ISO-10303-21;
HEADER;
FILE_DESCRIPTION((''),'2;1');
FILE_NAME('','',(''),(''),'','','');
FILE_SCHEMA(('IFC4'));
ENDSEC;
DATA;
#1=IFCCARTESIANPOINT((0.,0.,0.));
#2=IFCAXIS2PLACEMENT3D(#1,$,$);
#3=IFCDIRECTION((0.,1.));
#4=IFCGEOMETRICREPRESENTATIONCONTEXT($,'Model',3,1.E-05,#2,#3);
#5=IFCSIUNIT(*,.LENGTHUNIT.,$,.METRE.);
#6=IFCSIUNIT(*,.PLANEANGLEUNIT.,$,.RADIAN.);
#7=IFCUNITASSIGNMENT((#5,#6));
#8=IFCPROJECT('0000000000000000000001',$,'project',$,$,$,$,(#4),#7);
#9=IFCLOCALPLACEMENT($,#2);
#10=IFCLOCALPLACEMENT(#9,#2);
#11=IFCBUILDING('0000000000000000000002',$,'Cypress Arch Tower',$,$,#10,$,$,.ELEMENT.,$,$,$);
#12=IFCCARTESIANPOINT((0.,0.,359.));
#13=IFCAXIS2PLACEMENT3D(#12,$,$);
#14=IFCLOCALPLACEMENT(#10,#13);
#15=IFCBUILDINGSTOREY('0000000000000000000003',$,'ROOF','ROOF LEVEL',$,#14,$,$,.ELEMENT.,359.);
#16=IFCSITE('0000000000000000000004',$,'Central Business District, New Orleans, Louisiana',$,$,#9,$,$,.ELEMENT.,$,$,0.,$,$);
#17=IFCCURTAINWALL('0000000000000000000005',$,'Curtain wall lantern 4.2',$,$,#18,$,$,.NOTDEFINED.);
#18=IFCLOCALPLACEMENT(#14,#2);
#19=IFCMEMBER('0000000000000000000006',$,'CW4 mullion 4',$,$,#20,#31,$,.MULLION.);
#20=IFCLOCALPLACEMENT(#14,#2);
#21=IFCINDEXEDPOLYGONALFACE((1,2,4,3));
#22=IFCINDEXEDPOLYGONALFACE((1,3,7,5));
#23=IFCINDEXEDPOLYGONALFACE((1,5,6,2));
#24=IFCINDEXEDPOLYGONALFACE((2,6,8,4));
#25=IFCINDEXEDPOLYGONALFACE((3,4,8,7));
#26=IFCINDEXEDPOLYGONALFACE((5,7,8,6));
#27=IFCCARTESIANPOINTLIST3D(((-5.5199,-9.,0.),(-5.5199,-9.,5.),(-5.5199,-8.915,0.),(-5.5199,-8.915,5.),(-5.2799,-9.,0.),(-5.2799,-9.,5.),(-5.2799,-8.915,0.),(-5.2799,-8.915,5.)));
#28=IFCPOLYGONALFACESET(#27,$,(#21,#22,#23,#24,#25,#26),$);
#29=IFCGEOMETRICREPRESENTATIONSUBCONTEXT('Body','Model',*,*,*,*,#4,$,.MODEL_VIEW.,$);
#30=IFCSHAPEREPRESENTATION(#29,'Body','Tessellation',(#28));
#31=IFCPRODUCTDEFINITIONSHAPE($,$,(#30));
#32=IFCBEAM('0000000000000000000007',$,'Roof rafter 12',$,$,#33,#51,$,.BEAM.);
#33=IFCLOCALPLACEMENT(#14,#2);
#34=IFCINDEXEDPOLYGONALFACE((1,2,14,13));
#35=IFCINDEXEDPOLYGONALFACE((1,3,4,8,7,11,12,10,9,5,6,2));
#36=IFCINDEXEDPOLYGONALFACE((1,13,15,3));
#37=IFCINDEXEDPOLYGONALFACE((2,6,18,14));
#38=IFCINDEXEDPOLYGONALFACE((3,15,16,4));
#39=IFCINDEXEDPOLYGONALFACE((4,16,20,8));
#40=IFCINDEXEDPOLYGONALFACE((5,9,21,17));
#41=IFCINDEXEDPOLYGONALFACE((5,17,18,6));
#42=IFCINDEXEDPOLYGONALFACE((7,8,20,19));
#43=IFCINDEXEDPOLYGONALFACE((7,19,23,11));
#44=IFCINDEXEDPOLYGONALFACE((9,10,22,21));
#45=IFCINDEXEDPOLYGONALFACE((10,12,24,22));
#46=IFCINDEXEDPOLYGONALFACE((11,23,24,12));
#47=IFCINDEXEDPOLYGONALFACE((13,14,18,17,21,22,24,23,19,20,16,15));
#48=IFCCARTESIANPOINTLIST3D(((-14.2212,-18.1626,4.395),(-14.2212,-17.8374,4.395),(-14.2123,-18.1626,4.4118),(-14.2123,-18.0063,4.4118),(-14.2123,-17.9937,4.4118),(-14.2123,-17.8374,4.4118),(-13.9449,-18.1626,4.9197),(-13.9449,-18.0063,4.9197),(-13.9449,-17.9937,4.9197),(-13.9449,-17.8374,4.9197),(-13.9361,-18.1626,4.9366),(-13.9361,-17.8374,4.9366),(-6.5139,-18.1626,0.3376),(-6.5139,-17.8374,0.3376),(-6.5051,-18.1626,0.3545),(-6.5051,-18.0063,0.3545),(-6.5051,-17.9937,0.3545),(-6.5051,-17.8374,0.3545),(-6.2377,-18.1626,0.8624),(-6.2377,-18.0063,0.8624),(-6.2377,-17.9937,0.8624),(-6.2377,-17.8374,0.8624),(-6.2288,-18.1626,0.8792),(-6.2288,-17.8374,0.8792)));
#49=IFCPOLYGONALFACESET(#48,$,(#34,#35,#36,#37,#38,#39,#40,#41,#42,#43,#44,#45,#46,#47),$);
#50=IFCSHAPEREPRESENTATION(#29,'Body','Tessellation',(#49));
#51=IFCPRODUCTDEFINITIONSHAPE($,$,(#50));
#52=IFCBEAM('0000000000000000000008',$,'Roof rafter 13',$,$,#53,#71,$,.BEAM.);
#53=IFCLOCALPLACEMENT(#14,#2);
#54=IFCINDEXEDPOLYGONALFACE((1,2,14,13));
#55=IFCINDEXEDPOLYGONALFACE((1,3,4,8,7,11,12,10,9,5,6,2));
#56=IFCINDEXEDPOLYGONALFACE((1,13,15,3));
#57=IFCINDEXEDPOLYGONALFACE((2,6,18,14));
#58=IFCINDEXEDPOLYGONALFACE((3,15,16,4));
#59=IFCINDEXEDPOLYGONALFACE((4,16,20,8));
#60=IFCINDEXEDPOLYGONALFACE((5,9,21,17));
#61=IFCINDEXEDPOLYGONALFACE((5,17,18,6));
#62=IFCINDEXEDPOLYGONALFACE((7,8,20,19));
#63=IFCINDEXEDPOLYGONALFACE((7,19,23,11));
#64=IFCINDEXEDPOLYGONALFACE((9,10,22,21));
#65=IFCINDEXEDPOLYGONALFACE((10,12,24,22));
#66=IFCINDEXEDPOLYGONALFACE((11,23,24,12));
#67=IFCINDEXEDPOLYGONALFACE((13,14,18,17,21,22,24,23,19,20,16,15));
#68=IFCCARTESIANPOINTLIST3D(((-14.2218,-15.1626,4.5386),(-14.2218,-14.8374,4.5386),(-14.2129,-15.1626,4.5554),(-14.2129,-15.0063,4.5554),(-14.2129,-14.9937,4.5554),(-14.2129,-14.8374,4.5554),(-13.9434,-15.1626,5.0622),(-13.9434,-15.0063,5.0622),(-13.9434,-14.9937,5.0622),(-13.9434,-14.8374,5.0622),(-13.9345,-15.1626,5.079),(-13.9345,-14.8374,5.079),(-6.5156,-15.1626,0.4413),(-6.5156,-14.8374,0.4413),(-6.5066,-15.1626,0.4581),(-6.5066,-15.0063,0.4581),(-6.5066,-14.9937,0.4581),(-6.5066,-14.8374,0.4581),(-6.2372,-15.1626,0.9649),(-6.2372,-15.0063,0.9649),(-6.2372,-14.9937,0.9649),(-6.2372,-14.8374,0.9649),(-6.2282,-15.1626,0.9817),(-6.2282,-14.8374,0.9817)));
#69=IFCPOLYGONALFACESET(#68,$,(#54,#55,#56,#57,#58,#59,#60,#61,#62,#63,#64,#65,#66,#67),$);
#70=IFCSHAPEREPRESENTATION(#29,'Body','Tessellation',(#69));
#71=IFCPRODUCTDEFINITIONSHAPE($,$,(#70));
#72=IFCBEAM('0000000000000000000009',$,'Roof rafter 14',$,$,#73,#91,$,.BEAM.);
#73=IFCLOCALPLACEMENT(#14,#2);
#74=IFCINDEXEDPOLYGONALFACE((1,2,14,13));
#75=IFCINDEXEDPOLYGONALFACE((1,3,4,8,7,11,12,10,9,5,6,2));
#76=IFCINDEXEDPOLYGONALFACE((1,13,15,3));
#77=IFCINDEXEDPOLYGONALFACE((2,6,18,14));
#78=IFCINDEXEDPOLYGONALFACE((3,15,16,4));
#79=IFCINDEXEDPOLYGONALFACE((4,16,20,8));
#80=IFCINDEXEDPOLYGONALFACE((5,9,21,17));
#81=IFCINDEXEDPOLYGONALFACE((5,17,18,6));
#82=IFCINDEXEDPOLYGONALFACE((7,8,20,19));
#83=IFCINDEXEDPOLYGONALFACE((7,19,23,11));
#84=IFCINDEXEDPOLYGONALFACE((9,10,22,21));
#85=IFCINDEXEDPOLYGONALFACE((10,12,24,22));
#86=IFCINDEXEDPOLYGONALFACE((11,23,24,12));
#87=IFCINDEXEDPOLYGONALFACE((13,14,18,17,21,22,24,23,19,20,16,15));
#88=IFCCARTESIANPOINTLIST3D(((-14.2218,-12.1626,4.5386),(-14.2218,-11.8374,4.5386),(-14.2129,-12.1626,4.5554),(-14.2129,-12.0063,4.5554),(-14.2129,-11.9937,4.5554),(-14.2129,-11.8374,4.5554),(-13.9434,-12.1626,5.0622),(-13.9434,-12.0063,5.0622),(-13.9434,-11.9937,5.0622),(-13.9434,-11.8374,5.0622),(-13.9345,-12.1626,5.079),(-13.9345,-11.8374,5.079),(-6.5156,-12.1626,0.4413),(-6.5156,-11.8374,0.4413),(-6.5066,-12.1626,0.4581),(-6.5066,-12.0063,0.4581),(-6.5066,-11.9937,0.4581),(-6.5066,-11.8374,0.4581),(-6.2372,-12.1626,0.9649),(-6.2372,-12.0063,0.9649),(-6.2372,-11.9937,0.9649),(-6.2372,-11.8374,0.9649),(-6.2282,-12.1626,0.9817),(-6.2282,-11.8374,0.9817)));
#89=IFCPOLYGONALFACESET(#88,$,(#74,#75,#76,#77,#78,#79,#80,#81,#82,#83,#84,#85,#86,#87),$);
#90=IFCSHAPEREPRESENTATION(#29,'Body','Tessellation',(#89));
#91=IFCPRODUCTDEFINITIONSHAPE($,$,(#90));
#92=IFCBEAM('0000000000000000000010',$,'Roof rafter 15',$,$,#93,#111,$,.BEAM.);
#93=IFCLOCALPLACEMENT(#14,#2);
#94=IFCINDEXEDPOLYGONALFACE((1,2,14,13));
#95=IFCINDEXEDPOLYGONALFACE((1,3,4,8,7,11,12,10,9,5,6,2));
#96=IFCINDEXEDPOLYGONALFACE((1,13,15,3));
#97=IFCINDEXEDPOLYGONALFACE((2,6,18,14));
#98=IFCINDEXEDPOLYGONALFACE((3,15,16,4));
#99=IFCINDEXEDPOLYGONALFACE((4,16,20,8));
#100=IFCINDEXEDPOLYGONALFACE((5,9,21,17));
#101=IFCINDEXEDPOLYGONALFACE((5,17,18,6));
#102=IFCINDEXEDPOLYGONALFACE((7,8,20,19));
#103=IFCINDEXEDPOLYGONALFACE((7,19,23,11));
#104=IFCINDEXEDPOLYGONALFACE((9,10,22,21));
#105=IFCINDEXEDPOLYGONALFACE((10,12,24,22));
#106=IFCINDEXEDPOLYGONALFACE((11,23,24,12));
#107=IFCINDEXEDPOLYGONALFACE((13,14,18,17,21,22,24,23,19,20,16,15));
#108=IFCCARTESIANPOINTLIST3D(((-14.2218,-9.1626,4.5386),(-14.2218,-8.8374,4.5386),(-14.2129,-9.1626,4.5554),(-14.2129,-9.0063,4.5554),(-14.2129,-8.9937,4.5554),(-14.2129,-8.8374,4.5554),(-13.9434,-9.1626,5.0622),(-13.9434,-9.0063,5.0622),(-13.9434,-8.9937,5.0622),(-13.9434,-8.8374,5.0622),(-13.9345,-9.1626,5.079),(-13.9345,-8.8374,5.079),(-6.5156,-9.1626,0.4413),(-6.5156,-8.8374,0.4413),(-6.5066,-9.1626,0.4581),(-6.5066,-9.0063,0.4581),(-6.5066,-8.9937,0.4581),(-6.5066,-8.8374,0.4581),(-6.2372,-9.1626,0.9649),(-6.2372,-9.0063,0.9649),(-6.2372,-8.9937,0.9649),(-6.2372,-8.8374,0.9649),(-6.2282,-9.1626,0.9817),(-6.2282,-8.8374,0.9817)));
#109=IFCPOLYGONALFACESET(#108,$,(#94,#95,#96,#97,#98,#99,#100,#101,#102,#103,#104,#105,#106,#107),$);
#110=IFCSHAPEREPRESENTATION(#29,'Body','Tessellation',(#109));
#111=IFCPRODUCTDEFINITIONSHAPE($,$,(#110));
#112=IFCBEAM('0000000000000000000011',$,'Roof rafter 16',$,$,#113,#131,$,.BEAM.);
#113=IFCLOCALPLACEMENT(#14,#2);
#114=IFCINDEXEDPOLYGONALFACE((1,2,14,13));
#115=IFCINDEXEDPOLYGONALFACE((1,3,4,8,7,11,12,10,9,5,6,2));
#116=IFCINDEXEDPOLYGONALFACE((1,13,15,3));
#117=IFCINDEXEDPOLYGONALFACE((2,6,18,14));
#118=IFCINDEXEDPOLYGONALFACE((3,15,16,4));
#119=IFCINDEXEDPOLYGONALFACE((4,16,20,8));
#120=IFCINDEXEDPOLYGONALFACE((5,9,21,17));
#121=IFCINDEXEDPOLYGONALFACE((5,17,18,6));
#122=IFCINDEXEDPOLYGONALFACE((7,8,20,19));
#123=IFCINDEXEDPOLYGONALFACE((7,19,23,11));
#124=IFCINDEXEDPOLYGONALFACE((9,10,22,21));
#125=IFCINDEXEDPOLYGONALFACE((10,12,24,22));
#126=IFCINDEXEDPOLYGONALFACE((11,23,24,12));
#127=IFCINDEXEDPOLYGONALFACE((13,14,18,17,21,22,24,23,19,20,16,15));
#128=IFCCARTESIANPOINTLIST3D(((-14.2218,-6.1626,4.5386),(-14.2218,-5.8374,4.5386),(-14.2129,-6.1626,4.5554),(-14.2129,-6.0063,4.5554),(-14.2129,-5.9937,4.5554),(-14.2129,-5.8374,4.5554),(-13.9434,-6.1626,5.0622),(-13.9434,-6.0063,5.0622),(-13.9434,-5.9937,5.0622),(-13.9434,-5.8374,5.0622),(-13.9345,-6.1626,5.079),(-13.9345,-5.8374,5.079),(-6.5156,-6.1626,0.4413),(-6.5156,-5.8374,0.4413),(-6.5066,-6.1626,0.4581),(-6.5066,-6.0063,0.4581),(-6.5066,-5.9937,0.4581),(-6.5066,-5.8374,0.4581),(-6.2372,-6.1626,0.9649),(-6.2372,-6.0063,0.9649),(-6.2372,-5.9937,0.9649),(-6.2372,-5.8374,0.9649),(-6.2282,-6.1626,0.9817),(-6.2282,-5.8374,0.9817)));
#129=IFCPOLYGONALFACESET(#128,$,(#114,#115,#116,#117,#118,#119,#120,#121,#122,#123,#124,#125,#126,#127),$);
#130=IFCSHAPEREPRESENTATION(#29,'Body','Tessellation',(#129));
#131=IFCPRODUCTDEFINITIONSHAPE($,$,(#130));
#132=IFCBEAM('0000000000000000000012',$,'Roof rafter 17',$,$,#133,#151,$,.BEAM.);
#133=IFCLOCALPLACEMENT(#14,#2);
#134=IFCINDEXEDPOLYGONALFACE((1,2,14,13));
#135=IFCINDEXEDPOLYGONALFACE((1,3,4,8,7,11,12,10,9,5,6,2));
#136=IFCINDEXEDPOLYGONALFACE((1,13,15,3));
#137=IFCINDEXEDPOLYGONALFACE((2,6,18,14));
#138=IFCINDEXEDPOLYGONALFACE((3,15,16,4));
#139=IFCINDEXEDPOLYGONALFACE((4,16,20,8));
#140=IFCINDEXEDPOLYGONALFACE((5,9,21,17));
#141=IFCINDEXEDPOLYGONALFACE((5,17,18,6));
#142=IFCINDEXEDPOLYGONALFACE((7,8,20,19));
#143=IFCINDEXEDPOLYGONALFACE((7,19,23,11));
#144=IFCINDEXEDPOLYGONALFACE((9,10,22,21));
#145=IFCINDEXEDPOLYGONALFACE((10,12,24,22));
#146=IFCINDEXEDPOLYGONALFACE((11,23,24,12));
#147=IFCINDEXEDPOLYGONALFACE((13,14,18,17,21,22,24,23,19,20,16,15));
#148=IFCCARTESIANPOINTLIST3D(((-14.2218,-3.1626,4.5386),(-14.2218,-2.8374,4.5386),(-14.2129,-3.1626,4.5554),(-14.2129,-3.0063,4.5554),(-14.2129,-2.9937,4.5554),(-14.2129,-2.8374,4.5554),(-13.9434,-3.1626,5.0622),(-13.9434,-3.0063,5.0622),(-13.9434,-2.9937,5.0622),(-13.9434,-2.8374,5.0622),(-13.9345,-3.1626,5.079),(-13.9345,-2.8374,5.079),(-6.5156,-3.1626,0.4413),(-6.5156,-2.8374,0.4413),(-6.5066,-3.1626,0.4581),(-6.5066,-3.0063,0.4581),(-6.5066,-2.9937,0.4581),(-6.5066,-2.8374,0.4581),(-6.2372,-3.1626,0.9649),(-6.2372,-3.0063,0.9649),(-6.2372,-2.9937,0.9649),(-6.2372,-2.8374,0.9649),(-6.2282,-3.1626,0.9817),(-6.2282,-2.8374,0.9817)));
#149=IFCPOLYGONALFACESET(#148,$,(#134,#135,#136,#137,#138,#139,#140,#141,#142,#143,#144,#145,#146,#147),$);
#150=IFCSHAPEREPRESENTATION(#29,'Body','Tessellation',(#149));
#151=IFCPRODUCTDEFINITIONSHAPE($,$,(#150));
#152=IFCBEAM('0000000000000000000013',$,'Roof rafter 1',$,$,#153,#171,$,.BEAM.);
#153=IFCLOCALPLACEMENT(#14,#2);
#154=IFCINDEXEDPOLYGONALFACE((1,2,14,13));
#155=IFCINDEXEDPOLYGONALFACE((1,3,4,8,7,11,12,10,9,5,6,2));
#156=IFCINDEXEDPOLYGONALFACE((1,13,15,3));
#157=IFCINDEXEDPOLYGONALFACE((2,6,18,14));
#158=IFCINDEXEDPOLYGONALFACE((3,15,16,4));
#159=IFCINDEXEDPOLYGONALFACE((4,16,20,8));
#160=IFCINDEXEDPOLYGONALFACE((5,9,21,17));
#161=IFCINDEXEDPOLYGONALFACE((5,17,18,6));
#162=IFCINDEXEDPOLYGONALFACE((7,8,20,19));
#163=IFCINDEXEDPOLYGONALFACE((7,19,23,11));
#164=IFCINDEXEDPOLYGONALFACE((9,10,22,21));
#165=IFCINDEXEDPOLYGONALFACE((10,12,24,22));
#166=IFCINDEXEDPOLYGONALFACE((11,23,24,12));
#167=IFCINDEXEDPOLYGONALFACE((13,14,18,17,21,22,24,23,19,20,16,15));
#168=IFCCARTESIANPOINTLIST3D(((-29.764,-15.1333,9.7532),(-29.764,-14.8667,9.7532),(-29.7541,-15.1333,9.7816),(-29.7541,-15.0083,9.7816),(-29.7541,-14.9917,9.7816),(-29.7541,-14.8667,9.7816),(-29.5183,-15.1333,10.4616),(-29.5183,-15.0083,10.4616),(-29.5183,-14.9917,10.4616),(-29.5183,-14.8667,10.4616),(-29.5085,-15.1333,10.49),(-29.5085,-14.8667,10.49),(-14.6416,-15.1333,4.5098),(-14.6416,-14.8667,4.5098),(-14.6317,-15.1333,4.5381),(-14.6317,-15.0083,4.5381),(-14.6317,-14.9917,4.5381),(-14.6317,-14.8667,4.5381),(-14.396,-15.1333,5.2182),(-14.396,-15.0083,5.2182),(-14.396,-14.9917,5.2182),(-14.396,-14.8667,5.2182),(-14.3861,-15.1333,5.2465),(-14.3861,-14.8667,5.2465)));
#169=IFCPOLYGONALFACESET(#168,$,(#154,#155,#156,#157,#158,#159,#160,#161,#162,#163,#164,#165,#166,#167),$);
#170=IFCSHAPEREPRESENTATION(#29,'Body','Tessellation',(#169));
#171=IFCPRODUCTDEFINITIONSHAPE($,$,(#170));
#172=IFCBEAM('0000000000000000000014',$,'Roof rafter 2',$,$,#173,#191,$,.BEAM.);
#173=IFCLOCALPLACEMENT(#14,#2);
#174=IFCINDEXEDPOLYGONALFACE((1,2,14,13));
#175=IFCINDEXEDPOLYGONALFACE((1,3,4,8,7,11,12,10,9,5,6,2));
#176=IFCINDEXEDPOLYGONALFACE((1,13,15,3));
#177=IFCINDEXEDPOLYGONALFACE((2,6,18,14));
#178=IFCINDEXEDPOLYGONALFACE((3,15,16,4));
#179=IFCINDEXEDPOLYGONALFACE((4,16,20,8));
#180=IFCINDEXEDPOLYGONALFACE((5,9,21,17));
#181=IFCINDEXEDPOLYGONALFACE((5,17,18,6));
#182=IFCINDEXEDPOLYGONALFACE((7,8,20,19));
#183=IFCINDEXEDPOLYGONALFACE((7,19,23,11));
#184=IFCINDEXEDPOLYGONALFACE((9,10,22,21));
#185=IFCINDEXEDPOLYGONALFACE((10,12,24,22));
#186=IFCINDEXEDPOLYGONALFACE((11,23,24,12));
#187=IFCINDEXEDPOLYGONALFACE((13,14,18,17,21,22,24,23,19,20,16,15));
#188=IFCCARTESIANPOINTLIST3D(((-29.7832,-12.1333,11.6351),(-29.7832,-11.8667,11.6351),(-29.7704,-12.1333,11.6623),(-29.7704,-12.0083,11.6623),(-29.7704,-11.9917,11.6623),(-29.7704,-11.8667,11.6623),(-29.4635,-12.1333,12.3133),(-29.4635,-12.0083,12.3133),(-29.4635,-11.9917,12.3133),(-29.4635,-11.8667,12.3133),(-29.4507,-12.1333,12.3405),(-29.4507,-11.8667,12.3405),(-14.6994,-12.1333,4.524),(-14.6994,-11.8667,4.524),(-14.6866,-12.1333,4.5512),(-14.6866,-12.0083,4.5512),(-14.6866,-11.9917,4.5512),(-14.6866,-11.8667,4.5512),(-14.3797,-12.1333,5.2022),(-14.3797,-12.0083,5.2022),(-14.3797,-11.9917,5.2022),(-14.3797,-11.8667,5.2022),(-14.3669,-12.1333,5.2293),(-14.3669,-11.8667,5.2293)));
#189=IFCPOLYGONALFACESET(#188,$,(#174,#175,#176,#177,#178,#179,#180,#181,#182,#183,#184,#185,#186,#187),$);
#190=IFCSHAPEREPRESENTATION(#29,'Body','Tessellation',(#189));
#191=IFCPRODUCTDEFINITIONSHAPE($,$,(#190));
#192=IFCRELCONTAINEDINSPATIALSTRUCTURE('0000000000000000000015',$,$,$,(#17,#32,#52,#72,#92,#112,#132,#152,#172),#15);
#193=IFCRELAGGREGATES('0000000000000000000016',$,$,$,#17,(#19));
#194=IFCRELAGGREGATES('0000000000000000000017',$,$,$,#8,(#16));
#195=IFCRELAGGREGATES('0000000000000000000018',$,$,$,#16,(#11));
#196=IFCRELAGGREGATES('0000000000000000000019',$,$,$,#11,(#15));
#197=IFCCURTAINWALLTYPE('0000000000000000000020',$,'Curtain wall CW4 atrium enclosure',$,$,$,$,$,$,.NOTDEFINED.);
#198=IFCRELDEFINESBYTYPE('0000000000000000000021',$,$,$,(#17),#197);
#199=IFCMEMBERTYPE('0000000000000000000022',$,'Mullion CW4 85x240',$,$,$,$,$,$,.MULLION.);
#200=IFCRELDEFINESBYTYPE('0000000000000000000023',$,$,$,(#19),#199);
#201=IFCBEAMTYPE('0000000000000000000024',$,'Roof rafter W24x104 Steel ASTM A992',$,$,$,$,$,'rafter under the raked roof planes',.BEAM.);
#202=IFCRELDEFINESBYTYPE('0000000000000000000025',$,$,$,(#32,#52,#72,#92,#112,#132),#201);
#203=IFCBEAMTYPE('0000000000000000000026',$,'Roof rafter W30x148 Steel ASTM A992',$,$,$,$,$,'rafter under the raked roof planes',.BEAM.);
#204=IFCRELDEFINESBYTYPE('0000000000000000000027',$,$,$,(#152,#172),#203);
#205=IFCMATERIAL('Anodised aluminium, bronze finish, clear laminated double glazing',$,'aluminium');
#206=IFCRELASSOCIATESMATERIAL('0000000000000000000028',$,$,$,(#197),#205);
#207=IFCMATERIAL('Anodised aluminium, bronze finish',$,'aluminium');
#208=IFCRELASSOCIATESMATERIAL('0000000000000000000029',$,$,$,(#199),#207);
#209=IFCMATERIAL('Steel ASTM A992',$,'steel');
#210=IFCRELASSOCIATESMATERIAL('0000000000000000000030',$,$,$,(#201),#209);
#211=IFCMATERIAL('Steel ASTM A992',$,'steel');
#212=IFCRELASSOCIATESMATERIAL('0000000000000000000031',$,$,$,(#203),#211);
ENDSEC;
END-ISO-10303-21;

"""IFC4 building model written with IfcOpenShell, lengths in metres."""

from ifc_helpers import new_model, si_unit, direction, frame, origin, origin_2d, place, context, subcontext, project, spatial, rectangle, i_section, extrude, material, material_profile, profile_set, type_object, element, aggregate, save


model = new_model("IFC4")

# Units and contexts
model_context = context("Model", 3, precision=1e-05, world=origin(), true_north=direction((0.0, 1.0)))
body_context = subcontext(model_context, "Body", "Model", "MODEL_VIEW")
ifc_project = project(units=[si_unit("LENGTHUNIT", "METRE"), si_unit("PLANEANGLEUNIT", "RADIAN")], contexts=[model_context])

# Site, building, storey
site_placement = place(None, origin())
site = spatial("IfcSite", under=ifc_project, at=site_placement, Name="Central Business District, New Orleans, Louisiana", CompositionType="ELEMENT", RefElevation=0.0)
building_placement = place(site_placement, origin())
building = spatial("IfcBuilding", under=site, at=building_placement, Name="Cypress Arch Tower", CompositionType="ELEMENT")
storey_placement = place(building_placement, frame((0.0, 0.0, 359.0)))
storey = spatial("IfcBuildingStorey", under=building, at=storey_placement, Name="ROOF", Description="ROOF LEVEL", CompositionType="ELEMENT", Elevation=359.0)

# Curtain wall, member
ifc_material_1 = material(Name="Anodised aluminium, bronze finish, clear laminated double glazing", Category="aluminium")
curtain_wall_type = type_object("IfcCurtainWallType", Name="Curtain wall CW4 atrium enclosure", PredefinedType="NOTDEFINED", material=ifc_material_1)
curtain_wall_placement = place(storey_placement, origin())
curtain_wall = element("IfcCurtainWall", 1, at=curtain_wall_placement, inside=storey, type_object=curtain_wall_type, Name="Curtain wall lantern 4.2", PredefinedType="NOTDEFINED")
ifc_material_2 = material(Name="Anodised aluminium, bronze finish", Category="aluminium")
ifc_material_profile_1 = material_profile(ifc_material_2, rectangle(XDim=0.24, YDim=0.085, at=origin_2d()), Name="Mullion 85x240")
ifc_profile_set_1 = profile_set([ifc_material_profile_1], Name="Anodised aluminium, bronze finish")
member_type = type_object("IfcMemberType", Name="Mullion CW4 85x240", PredefinedType="MULLION", material=ifc_profile_set_1)
member_placement = place(storey_placement, frame((-5.3999, -8.9575, 0.0), z_axis=(0.0, 0.0, 1.0), x_axis=(1.0, 0.0, 0.0)))
member = element("IfcMember", 2, at=member_placement, type_object=member_type, Name="CW4 mullion 4", PredefinedType="MULLION", context=body_context, shape_type="SweptSolid", body=[
    extrude(rectangle(XDim=0.24, YDim=0.085, at=origin_2d()), origin(), (0.0, 0.0, 1.0), 5.0),
])

# Beams
ifc_material_3 = material(Name="Steel ASTM A992", Category="steel")
ifc_material_profile_2 = material_profile(ifc_material_3, i_section(OverallWidth=0.3252, OverallDepth=0.6121, WebThickness=0.0127, FlangeThickness=0.019, at=origin_2d()), Name="W24x104")
ifc_profile_set_2 = profile_set([ifc_material_profile_2], Name="Steel ASTM A992")
beam_type_1 = type_object("IfcBeamType", Name="Roof rafter W24x104 Steel ASTM A992", ElementType="rafter under the raked roof planes", PredefinedType="BEAM", material=ifc_profile_set_2)
beam_1_placement = place(storey_placement, frame((-14.0786, -18.0, 4.6658), z_axis=(0.884875, 0.0, -0.465828), x_axis=(0.0, 1.0, 0.0)))
element("IfcBeam", 3, at=beam_1_placement, inside=storey, type_object=beam_type_1, Name="Roof rafter 12", PredefinedType="BEAM", context=body_context, shape_type="SweptSolid", body=[
    extrude(i_section(OverallWidth=0.3252, OverallDepth=0.6121, WebThickness=0.0127, FlangeThickness=0.019, at=origin_2d()), origin(), (0.0, 0.0, 1.0), 8.71),
])
for number, where, z_axis, x_axis, name in (
    (4, (-14.0781, -15.0, 4.8088), (0.882952, 0.0, -0.469463), (0.0, 1.0, 0.0), "Roof rafter 13"),
    (5, (-14.0781, -12.0, 4.8088), (0.882952, 0.0, -0.469463), (0.0, 1.0, 0.0), "Roof rafter 14"),
    (6, (-14.0781, -9.0, 4.8088), (0.882952, 0.0, -0.469463), (0.0, 1.0, 0.0), "Roof rafter 15"),
    (7, (-14.0781, -6.0, 4.8088), (0.882952, 0.0, -0.469463), (0.0, 1.0, 0.0), "Roof rafter 16"),
    (8, (-14.0781, -3.0, 4.8088), (0.882952, 0.0, -0.469463), (0.0, 1.0, 0.0), "Roof rafter 17"),
):
    element("IfcBeam", number, at=place(storey_placement, frame(where, z_axis=z_axis, x_axis=x_axis)), inside=storey, type_object=beam_type_1, Name=name, PredefinedType="BEAM", context=body_context, shape_type="SweptSolid", body=[
        extrude(i_section(OverallWidth=0.3252, OverallDepth=0.6121, WebThickness=0.0127, FlangeThickness=0.019, at=origin_2d()), origin(), (0.0, 0.0, 1.0), 8.7278),
    ])
ifc_material_4 = material(Name="Steel ASTM A992", Category="steel")
ifc_material_profile_3 = material_profile(ifc_material_4, i_section(OverallWidth=0.2666, OverallDepth=0.7798, WebThickness=0.0166, FlangeThickness=0.03, at=origin_2d()), Name="W30x148")
ifc_profile_set_3 = profile_set([ifc_material_profile_3], Name="Steel ASTM A992")
beam_type_2 = type_object("IfcBeamType", Name="Roof rafter W30x148 Steel ASTM A992", ElementType="rafter under the raked roof planes", PredefinedType="BEAM", material=ifc_profile_set_3)
beam_2_placement = place(storey_placement, frame((-29.6362, -15.0, 10.1216), z_axis=(0.944817, 0.0, -0.327599), x_axis=(0.0, 1.0, 0.0)))
element("IfcBeam", 9, at=beam_2_placement, inside=storey, type_object=beam_type_2, Name="Roof rafter 1", PredefinedType="BEAM", context=body_context, shape_type="SweptSolid", body=[
    extrude(i_section(OverallWidth=0.2666, OverallDepth=0.7798, WebThickness=0.0166, FlangeThickness=0.03, at=origin_2d()), origin(), (0.0, 0.0, 1.0), 16.0056),
])
beam_3_placement = place(storey_placement, frame((-29.6169, -12.0, 11.9878), z_axis=(0.904522, 0.0, -0.426428), x_axis=(0.0, 1.0, 0.0)))
element("IfcBeam", 10, at=beam_3_placement, inside=storey, type_object=beam_type_2, Name="Roof rafter 2", PredefinedType="BEAM", context=body_context, shape_type="SweptSolid", body=[
    extrude(i_section(OverallWidth=0.2666, OverallDepth=0.7798, WebThickness=0.0166, FlangeThickness=0.03, at=origin_2d()), origin(), (0.0, 0.0, 1.0), 16.676),
])

aggregate(curtain_wall, [member])

save(model, "model.ifc")
